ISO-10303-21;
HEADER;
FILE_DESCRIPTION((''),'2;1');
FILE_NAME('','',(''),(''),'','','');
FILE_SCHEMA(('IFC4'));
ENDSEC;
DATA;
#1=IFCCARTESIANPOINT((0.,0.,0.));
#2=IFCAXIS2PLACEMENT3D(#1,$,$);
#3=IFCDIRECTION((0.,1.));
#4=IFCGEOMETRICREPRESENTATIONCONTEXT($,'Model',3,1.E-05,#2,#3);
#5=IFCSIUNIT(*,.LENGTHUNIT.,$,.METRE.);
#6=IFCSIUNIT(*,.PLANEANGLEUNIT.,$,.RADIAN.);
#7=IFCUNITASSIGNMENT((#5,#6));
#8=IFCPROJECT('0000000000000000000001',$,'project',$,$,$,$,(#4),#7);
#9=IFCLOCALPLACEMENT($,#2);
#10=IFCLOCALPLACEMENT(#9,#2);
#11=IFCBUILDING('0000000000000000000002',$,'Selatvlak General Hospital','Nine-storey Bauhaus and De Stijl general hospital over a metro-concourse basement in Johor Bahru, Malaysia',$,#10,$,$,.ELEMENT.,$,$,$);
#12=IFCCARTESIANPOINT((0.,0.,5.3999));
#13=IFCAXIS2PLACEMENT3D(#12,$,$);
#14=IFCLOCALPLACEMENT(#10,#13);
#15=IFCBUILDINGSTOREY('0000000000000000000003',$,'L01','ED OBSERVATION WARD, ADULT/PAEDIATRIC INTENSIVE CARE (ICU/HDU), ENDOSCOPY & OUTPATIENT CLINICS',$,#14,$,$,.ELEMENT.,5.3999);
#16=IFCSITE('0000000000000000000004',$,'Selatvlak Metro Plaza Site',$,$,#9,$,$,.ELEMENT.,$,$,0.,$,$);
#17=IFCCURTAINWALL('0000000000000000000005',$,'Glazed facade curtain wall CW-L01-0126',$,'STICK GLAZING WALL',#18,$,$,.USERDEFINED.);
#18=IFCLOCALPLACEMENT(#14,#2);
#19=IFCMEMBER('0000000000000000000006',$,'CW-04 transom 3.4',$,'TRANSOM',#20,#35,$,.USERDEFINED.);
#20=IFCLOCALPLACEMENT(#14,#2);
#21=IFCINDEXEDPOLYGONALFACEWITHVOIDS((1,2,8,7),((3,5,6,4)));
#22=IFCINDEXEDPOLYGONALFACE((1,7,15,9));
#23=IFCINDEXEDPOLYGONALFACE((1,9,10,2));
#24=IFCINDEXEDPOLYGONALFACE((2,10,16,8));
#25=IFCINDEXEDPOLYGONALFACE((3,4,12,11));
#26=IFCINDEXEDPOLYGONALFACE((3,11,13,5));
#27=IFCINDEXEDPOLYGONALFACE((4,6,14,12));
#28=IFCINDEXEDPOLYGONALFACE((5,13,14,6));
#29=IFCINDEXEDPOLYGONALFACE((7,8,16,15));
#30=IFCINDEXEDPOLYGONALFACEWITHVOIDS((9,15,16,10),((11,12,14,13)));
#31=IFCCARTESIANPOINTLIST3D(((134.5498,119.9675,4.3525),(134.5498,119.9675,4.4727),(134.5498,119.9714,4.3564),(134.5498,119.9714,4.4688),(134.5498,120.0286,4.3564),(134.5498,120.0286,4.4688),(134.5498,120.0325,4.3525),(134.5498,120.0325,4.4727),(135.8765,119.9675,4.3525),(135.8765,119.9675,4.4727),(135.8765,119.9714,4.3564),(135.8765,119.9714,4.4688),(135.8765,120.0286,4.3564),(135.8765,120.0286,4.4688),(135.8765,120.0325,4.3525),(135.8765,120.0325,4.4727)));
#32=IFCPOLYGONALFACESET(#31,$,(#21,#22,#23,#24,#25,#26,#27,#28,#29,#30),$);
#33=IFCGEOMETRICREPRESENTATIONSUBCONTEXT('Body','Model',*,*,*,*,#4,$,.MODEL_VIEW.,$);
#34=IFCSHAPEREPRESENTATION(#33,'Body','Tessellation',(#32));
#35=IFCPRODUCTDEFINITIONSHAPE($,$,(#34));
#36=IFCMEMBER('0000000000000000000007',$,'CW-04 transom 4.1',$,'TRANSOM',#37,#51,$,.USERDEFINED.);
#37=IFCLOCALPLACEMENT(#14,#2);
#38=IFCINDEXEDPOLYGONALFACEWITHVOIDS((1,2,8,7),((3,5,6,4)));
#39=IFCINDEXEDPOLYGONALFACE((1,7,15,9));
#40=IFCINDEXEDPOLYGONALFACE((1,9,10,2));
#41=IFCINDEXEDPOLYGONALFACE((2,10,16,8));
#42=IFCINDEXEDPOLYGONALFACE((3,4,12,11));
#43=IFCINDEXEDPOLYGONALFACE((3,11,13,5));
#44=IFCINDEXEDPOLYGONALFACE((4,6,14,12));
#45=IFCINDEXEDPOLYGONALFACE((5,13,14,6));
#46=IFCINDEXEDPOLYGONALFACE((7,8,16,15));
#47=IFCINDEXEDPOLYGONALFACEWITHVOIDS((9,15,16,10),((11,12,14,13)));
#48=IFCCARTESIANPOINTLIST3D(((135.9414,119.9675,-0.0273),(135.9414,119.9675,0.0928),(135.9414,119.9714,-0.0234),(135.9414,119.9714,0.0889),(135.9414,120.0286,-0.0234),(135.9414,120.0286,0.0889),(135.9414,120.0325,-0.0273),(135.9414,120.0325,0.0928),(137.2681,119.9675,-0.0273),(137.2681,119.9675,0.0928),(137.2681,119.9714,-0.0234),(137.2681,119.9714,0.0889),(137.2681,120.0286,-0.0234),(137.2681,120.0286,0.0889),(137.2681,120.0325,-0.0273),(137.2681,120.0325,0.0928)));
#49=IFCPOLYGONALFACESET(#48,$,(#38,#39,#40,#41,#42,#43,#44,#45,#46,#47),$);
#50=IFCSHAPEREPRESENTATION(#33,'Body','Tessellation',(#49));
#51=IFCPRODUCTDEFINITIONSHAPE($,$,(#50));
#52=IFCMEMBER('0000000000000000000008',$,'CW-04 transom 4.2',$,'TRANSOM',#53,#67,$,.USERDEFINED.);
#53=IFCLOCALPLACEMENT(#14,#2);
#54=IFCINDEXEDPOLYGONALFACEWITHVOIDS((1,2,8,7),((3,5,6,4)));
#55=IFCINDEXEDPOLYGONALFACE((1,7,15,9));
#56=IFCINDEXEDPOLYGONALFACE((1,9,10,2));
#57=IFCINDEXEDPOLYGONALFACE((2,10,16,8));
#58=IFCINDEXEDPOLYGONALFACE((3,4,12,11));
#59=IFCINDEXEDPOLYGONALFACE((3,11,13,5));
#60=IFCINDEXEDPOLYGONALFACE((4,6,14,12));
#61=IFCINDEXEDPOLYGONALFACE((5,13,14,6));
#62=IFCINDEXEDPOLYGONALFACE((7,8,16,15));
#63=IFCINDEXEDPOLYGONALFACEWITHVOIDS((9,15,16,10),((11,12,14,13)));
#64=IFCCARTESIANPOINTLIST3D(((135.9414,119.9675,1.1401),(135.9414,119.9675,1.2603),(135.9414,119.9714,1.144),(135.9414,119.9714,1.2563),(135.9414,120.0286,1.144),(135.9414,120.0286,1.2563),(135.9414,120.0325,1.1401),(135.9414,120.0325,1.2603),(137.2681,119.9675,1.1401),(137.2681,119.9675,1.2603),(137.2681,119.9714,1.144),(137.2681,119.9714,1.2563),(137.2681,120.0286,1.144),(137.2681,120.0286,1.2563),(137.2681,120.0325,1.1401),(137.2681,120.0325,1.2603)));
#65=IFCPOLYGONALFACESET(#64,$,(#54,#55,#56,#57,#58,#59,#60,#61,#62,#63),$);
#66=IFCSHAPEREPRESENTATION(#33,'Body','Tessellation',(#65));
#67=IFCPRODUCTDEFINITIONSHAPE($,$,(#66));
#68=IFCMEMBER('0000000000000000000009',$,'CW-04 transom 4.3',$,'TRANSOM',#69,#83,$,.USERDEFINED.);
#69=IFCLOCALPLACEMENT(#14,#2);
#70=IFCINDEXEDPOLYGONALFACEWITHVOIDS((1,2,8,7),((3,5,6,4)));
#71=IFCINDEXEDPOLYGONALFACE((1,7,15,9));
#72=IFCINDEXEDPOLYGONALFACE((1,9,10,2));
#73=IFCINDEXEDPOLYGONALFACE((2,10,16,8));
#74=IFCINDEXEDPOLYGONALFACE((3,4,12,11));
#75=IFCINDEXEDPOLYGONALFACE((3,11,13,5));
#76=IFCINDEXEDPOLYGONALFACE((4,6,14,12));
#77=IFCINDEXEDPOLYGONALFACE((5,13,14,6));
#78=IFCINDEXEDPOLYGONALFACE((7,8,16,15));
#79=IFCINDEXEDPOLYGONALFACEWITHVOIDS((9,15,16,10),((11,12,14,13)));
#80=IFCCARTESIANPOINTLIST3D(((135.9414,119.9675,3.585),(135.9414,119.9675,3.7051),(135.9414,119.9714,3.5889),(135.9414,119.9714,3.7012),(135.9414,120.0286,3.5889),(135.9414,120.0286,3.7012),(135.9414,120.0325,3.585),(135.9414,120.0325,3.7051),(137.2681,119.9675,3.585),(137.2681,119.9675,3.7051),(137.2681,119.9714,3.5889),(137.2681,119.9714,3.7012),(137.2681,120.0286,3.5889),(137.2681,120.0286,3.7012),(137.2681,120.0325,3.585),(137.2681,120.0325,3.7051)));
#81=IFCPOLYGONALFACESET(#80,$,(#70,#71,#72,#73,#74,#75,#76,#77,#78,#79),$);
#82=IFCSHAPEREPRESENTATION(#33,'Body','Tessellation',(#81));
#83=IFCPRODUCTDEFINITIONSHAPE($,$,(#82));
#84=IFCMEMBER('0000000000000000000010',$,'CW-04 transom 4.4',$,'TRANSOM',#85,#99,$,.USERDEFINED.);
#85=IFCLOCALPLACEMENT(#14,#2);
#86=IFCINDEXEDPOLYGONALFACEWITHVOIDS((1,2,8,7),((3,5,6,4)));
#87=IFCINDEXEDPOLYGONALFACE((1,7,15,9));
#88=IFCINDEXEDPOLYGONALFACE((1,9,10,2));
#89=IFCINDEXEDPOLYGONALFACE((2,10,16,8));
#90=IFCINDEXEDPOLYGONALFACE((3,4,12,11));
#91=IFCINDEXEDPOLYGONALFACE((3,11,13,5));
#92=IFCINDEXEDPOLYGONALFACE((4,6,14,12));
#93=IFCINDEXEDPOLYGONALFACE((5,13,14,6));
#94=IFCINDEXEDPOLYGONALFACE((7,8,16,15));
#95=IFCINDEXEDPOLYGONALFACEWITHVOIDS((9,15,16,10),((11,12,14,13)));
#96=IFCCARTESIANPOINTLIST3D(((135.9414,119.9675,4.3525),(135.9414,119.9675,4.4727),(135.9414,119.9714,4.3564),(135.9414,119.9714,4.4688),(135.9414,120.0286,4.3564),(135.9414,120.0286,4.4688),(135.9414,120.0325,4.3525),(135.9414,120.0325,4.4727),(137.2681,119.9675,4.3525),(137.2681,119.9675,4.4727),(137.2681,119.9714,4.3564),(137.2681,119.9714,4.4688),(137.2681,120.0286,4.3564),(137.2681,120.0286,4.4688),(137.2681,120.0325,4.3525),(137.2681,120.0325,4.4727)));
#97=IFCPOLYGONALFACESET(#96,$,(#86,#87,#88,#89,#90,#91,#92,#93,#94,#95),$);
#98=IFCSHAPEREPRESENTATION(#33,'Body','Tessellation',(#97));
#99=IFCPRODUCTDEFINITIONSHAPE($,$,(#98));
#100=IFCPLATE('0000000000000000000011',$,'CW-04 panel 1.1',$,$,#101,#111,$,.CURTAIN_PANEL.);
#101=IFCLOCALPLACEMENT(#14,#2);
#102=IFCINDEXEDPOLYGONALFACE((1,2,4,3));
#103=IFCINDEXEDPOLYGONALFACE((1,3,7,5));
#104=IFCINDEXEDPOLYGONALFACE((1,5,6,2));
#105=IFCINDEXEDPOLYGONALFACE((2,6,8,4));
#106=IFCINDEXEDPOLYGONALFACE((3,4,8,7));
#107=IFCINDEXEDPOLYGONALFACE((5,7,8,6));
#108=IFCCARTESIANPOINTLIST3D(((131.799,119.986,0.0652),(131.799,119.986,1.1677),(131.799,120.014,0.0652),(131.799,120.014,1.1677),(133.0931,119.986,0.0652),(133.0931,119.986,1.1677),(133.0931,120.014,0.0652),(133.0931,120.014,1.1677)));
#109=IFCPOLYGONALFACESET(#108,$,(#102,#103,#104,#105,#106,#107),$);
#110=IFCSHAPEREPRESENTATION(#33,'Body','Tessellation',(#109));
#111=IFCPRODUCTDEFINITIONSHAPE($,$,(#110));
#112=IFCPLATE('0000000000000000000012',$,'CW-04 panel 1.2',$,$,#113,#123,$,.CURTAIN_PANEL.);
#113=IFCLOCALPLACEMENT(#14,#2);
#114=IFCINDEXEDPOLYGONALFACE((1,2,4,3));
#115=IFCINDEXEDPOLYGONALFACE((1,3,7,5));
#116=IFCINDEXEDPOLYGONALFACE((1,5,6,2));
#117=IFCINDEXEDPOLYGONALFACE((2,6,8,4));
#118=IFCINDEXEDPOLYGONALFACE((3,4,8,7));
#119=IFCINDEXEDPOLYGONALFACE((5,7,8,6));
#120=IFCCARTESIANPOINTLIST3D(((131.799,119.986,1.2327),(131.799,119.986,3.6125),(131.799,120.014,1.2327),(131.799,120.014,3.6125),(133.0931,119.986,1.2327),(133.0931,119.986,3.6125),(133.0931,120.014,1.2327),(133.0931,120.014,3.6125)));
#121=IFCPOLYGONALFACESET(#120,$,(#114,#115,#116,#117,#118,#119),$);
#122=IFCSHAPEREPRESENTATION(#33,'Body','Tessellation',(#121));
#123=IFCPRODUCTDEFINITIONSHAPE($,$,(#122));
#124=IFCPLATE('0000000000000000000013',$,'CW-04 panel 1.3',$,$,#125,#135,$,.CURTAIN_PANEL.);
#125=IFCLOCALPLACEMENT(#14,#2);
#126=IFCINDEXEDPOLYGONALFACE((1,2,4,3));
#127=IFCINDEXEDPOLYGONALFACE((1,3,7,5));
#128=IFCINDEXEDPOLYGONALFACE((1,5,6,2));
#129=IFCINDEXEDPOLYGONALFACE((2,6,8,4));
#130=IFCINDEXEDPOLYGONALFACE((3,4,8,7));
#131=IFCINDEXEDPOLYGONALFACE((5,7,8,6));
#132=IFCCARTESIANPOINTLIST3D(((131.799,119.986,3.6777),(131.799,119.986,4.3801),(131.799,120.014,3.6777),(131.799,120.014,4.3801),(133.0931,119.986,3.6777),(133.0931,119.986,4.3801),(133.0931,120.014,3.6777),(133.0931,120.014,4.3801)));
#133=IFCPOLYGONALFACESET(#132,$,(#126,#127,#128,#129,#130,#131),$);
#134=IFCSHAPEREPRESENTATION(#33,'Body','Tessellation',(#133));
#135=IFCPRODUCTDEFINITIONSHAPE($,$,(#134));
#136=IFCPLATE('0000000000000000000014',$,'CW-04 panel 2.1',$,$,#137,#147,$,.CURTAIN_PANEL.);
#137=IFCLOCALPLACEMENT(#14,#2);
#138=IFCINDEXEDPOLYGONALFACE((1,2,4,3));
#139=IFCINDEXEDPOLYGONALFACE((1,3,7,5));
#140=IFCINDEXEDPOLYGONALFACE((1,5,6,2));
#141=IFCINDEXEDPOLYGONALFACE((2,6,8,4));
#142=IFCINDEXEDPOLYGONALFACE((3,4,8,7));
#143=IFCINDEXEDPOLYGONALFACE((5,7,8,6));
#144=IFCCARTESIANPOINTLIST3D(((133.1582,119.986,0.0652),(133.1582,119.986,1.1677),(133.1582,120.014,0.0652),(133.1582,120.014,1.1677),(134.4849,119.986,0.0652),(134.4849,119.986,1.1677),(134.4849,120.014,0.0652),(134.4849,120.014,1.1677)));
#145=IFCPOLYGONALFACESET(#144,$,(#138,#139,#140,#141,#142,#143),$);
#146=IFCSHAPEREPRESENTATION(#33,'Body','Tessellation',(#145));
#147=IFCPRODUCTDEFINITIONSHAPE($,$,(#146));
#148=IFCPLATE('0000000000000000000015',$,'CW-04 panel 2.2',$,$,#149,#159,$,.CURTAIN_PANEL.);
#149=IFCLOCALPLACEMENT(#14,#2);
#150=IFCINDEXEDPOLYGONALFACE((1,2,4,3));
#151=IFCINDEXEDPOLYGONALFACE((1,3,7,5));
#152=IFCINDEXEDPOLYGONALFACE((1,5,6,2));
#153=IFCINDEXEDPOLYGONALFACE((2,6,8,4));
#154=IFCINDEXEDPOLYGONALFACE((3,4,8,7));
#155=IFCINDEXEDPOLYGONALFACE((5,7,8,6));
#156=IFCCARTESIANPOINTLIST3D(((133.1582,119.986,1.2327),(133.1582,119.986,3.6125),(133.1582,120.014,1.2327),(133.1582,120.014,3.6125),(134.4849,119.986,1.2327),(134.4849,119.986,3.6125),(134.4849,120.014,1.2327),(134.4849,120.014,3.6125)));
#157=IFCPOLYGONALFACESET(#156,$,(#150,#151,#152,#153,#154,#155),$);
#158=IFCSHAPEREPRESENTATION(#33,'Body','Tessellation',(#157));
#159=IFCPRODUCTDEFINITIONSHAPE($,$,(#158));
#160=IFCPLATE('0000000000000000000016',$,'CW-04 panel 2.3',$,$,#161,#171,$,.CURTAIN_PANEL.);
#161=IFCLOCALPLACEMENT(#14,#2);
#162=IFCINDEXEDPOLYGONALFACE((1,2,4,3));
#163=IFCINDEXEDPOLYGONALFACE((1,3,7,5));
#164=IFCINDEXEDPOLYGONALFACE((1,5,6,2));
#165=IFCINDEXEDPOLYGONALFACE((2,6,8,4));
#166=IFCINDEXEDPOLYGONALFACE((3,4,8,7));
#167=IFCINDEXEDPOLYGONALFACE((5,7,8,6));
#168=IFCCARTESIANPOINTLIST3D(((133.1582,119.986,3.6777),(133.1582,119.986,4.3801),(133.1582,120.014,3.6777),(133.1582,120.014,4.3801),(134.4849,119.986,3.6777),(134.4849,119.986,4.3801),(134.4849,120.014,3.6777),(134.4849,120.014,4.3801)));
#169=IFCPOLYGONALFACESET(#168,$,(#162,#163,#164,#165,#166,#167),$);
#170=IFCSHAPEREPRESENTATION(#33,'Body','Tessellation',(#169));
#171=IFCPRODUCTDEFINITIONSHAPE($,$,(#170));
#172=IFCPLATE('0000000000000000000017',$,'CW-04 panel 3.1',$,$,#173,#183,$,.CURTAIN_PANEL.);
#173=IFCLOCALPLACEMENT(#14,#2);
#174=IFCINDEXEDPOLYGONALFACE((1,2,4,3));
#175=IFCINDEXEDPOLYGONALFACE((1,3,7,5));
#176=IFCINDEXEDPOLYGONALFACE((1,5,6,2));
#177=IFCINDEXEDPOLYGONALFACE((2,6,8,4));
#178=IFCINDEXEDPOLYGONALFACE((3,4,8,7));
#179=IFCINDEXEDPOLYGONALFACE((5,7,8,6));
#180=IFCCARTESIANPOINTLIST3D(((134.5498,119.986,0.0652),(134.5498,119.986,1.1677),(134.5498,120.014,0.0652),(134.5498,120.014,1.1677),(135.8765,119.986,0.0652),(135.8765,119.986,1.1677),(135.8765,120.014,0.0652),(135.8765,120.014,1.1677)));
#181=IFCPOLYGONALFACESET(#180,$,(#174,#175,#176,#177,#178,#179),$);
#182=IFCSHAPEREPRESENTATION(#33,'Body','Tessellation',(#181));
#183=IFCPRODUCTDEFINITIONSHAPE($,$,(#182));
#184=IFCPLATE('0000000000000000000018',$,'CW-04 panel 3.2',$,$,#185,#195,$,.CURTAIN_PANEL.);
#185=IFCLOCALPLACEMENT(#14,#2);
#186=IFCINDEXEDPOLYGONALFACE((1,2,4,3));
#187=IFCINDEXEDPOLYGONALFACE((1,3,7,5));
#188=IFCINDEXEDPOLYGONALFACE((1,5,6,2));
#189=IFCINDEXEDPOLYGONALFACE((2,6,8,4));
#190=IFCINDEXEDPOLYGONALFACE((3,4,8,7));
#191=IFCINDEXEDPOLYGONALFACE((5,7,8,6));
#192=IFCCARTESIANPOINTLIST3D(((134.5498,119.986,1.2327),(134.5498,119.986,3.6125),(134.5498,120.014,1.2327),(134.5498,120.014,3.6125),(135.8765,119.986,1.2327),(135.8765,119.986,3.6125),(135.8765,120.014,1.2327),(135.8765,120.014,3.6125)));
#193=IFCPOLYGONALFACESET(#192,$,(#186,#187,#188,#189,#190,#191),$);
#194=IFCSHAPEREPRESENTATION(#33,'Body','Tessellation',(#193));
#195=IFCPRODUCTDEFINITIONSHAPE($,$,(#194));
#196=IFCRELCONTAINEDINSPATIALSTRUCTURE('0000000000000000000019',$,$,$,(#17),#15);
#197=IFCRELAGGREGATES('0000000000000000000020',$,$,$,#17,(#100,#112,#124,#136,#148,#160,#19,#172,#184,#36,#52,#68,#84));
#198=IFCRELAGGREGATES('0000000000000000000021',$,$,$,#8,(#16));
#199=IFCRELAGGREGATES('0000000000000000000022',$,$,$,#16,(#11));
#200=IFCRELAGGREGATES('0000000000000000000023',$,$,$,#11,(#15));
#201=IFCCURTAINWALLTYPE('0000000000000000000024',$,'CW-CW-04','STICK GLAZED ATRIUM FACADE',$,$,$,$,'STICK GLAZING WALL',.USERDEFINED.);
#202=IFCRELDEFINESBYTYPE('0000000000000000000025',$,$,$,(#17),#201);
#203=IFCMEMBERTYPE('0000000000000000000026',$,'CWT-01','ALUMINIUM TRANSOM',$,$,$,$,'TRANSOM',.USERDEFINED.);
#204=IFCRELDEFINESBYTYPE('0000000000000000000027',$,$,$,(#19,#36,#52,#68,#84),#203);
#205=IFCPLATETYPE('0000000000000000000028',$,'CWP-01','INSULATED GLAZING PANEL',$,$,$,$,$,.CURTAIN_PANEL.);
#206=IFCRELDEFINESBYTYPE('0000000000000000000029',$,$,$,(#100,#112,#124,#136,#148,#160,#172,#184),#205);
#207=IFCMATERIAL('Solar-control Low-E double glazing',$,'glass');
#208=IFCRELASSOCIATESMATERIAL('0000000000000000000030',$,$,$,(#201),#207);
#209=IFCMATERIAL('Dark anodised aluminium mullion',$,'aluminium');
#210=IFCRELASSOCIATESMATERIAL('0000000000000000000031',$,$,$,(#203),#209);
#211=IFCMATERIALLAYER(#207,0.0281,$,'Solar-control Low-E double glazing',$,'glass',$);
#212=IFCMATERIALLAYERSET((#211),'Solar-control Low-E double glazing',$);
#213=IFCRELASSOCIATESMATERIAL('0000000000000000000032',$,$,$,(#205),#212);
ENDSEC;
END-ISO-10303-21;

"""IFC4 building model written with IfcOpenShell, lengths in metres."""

from ifc_helpers import new_model, si_unit, direction, frame, origin, origin_2d, place, context, subcontext, project, spatial, rectangle, hollow_rectangle, extrude, material, layer, layer_set, material_profile, profile_set, type_object, element, aggregate, save


model = new_model("IFC4")

# Units and contexts
model_context = context("Model", 3, precision=1e-05, world=origin(), true_north=direction((0.0, 1.0)))
body_context = subcontext(model_context, "Body", "Model", "MODEL_VIEW")
ifc_project = project(units=[si_unit("LENGTHUNIT", "METRE"), si_unit("PLANEANGLEUNIT", "RADIAN")], contexts=[model_context])

# Site, building, storey
site_placement = place(None, origin())
site = spatial("IfcSite", under=ifc_project, at=site_placement, Name="Selatvlak Metro Plaza Site", CompositionType="ELEMENT", RefElevation=0.0)
building_placement = place(site_placement, origin())
building = spatial("IfcBuilding", under=site, at=building_placement, Name="Selatvlak General Hospital", Description="Nine-storey Bauhaus and De Stijl general hospital over a metro-concourse basement in Johor Bahru, Malaysia", CompositionType="ELEMENT")
storey_placement = place(building_placement, frame((0.0, 0.0, 5.3999)))
storey = spatial("IfcBuildingStorey", under=building, at=storey_placement, Name="L01", Description="ED OBSERVATION WARD, ADULT/PAEDIATRIC INTENSIVE CARE (ICU/HDU), ENDOSCOPY & OUTPATIENT CLINICS", CompositionType="ELEMENT", Elevation=5.3999)

# Curtain wall, members, plates
ifc_material_1 = material(Name="Solar-control Low-E double glazing", Category="glass")
curtain_wall_type = type_object("IfcCurtainWallType", Name="CW-CW-04", Description="STICK GLAZED ATRIUM FACADE", ElementType="STICK GLAZING WALL", PredefinedType="USERDEFINED", material=ifc_material_1)
curtain_wall_placement = place(storey_placement, origin())
curtain_wall = element("IfcCurtainWall", 1, at=curtain_wall_placement, inside=storey, type_object=curtain_wall_type, Name="Glazed facade curtain wall CW-L01-0126", ObjectType="STICK GLAZING WALL", PredefinedType="USERDEFINED")
ifc_material_2 = material(Name="Dark anodised aluminium mullion", Category="aluminium")
ifc_material_profile_1 = material_profile(ifc_material_2, hollow_rectangle(XDim=0.0649, YDim=0.1201, WallThickness=0.0039, at=origin_2d()), Name="AL-TRN 65x120x4")
ifc_profile_set_1 = profile_set([ifc_material_profile_1], Name="Dark anodised aluminium mullion")
member_type_1 = type_object("IfcMemberType", Name="CWT-01", Description="ALUMINIUM TRANSOM", ElementType="TRANSOM", PredefinedType="USERDEFINED", material=ifc_profile_set_1)
member_1_placement = place(storey_placement, frame((134.5498, 120.0, 4.4126), z_axis=(1.0, 0.0, 0.0), x_axis=(0.0, 1.0, 0.0)))
member_1 = element("IfcMember", 2, at=member_1_placement, type_object=member_type_1, Name="CW-04 transom 3.4", ObjectType="TRANSOM", PredefinedType="USERDEFINED", context=body_context, shape_type="SweptSolid", body=[
    extrude(hollow_rectangle(XDim=0.0649, YDim=0.1201, WallThickness=0.0039, at=origin_2d()), origin(), (0.0, 0.0, 1.0), 1.3267),
])
member_2_placement = place(storey_placement, frame((135.9414, 120.0, 0.0327), z_axis=(1.0, 0.0, 0.0), x_axis=(0.0, 1.0, 0.0)))
member_2 = element("IfcMember", 3, at=member_2_placement, type_object=member_type_1, Name="CW-04 transom 4.1", ObjectType="TRANSOM", PredefinedType="USERDEFINED", context=body_context, shape_type="SweptSolid", body=[
    extrude(hollow_rectangle(XDim=0.0649, YDim=0.1201, WallThickness=0.0039, at=origin_2d()), origin(), (0.0, 0.0, 1.0), 1.3267),
])
member_3_placement = place(storey_placement, frame((135.9414, 120.0, 1.2002), z_axis=(1.0, 0.0, 0.0), x_axis=(0.0, 1.0, 0.0)))
member_3 = element("IfcMember", 4, at=member_3_placement, type_object=member_type_1, Name="CW-04 transom 4.2", ObjectType="TRANSOM", PredefinedType="USERDEFINED", context=body_context, shape_type="SweptSolid", body=[
    extrude(hollow_rectangle(XDim=0.0649, YDim=0.1201, WallThickness=0.0039, at=origin_2d()), origin(), (0.0, 0.0, 1.0), 1.3267),
])
member_4_placement = place(storey_placement, frame((135.9414, 120.0, 3.645), z_axis=(1.0, 0.0, 0.0), x_axis=(0.0, 1.0, 0.0)))
member_4 = element("IfcMember", 5, at=member_4_placement, type_object=member_type_1, Name="CW-04 transom 4.3", ObjectType="TRANSOM", PredefinedType="USERDEFINED", context=body_context, shape_type="SweptSolid", body=[
    extrude(hollow_rectangle(XDim=0.0649, YDim=0.1201, WallThickness=0.0039, at=origin_2d()), origin(), (0.0, 0.0, 1.0), 1.3267),
])
member_5_placement = place(storey_placement, frame((135.9414, 120.0, 4.4126), z_axis=(1.0, 0.0, 0.0), x_axis=(0.0, 1.0, 0.0)))
member_5 = element("IfcMember", 6, at=member_5_placement, type_object=member_type_1, Name="CW-04 transom 4.4", ObjectType="TRANSOM", PredefinedType="USERDEFINED", context=body_context, shape_type="SweptSolid", body=[
    extrude(hollow_rectangle(XDim=0.0649, YDim=0.1201, WallThickness=0.0039, at=origin_2d()), origin(), (0.0, 0.0, 1.0), 1.3267),
])
ifc_layer_1 = layer(ifc_material_1, 0.0281, Name="Solar-control Low-E double glazing", Category="glass")
ifc_layer_set_1 = layer_set([ifc_layer_1], Name="Solar-control Low-E double glazing")
plate_type = type_object("IfcPlateType", Name="CWP-01", Description="INSULATED GLAZING PANEL", PredefinedType="CURTAIN_PANEL", material=ifc_layer_set_1)
plate_1_placement = place(storey_placement, frame((132.446, 120.0, 0.0652), z_axis=(0.0, 0.0, 1.0), x_axis=(1.0, 0.0, 0.0)))
plate_1 = element("IfcPlate", 7, at=plate_1_placement, type_object=plate_type, Name="CW-04 panel 1.1", PredefinedType="CURTAIN_PANEL", context=body_context, shape_type="SweptSolid", body=[
    extrude(rectangle(XDim=1.2942, YDim=0.0281, at=origin_2d()), origin(), (0.0, 0.0, 1.0), 1.1025),
])
plate_2_placement = place(storey_placement, frame((132.446, 120.0, 1.2327), z_axis=(0.0, 0.0, 1.0), x_axis=(1.0, 0.0, 0.0)))
plate_2 = element("IfcPlate", 8, at=plate_2_placement, type_object=plate_type, Name="CW-04 panel 1.2", PredefinedType="CURTAIN_PANEL", context=body_context, shape_type="SweptSolid", body=[
    extrude(rectangle(XDim=1.2942, YDim=0.0281, at=origin_2d()), origin(), (0.0, 0.0, 1.0), 2.3799),
])
plate_3_placement = place(storey_placement, frame((132.446, 120.0, 3.6777), z_axis=(0.0, 0.0, 1.0), x_axis=(1.0, 0.0, 0.0)))
plate_3 = element("IfcPlate", 9, at=plate_3_placement, type_object=plate_type, Name="CW-04 panel 1.3", PredefinedType="CURTAIN_PANEL", context=body_context, shape_type="SweptSolid", body=[
    extrude(rectangle(XDim=1.2942, YDim=0.0281, at=origin_2d()), origin(), (0.0, 0.0, 1.0), 0.7024),
])
plate_4_placement = place(storey_placement, frame((133.8215, 120.0, 0.0652), z_axis=(0.0, 0.0, 1.0), x_axis=(1.0, 0.0, 0.0)))
plate_4 = element("IfcPlate", 10, at=plate_4_placement, type_object=plate_type, Name="CW-04 panel 2.1", PredefinedType="CURTAIN_PANEL", context=body_context, shape_type="SweptSolid", body=[
    extrude(rectangle(XDim=1.3267, YDim=0.0281, at=origin_2d()), origin(), (0.0, 0.0, 1.0), 1.1025),
])
plate_5_placement = place(storey_placement, frame((133.8215, 120.0, 1.2327), z_axis=(0.0, 0.0, 1.0), x_axis=(1.0, 0.0, 0.0)))
plate_5 = element("IfcPlate", 11, at=plate_5_placement, type_object=plate_type, Name="CW-04 panel 2.2", PredefinedType="CURTAIN_PANEL", context=body_context, shape_type="SweptSolid", body=[
    extrude(rectangle(XDim=1.3267, YDim=0.0281, at=origin_2d()), origin(), (0.0, 0.0, 1.0), 2.3799),
])
plate_6_placement = place(storey_placement, frame((133.8215, 120.0, 3.6777), z_axis=(0.0, 0.0, 1.0), x_axis=(1.0, 0.0, 0.0)))
plate_6 = element("IfcPlate", 12, at=plate_6_placement, type_object=plate_type, Name="CW-04 panel 2.3", PredefinedType="CURTAIN_PANEL", context=body_context, shape_type="SweptSolid", body=[
    extrude(rectangle(XDim=1.3267, YDim=0.0281, at=origin_2d()), origin(), (0.0, 0.0, 1.0), 0.7024),
])
plate_7_placement = place(storey_placement, frame((135.2131, 120.0, 0.0652), z_axis=(0.0, 0.0, 1.0), x_axis=(1.0, 0.0, 0.0)))
plate_7 = element("IfcPlate", 13, at=plate_7_placement, type_object=plate_type, Name="CW-04 panel 3.1", PredefinedType="CURTAIN_PANEL", context=body_context, shape_type="SweptSolid", body=[
    extrude(rectangle(XDim=1.3267, YDim=0.0281, at=origin_2d()), origin(), (0.0, 0.0, 1.0), 1.1025),
])
plate_8_placement = place(storey_placement, frame((135.2131, 120.0, 1.2327), z_axis=(0.0, 0.0, 1.0), x_axis=(1.0, 0.0, 0.0)))
plate_8 = element("IfcPlate", 14, at=plate_8_placement, type_object=plate_type, Name="CW-04 panel 3.2", PredefinedType="CURTAIN_PANEL", context=body_context, shape_type="SweptSolid", body=[
    extrude(rectangle(XDim=1.3267, YDim=0.0281, at=origin_2d()), origin(), (0.0, 0.0, 1.0), 2.3799),
])
aggregate(curtain_wall, [plate_1, plate_2, plate_3, plate_4, plate_5, plate_6, member_1, plate_7, plate_8, member_2, member_3, member_4, member_5])

save(model, "model.ifc")
